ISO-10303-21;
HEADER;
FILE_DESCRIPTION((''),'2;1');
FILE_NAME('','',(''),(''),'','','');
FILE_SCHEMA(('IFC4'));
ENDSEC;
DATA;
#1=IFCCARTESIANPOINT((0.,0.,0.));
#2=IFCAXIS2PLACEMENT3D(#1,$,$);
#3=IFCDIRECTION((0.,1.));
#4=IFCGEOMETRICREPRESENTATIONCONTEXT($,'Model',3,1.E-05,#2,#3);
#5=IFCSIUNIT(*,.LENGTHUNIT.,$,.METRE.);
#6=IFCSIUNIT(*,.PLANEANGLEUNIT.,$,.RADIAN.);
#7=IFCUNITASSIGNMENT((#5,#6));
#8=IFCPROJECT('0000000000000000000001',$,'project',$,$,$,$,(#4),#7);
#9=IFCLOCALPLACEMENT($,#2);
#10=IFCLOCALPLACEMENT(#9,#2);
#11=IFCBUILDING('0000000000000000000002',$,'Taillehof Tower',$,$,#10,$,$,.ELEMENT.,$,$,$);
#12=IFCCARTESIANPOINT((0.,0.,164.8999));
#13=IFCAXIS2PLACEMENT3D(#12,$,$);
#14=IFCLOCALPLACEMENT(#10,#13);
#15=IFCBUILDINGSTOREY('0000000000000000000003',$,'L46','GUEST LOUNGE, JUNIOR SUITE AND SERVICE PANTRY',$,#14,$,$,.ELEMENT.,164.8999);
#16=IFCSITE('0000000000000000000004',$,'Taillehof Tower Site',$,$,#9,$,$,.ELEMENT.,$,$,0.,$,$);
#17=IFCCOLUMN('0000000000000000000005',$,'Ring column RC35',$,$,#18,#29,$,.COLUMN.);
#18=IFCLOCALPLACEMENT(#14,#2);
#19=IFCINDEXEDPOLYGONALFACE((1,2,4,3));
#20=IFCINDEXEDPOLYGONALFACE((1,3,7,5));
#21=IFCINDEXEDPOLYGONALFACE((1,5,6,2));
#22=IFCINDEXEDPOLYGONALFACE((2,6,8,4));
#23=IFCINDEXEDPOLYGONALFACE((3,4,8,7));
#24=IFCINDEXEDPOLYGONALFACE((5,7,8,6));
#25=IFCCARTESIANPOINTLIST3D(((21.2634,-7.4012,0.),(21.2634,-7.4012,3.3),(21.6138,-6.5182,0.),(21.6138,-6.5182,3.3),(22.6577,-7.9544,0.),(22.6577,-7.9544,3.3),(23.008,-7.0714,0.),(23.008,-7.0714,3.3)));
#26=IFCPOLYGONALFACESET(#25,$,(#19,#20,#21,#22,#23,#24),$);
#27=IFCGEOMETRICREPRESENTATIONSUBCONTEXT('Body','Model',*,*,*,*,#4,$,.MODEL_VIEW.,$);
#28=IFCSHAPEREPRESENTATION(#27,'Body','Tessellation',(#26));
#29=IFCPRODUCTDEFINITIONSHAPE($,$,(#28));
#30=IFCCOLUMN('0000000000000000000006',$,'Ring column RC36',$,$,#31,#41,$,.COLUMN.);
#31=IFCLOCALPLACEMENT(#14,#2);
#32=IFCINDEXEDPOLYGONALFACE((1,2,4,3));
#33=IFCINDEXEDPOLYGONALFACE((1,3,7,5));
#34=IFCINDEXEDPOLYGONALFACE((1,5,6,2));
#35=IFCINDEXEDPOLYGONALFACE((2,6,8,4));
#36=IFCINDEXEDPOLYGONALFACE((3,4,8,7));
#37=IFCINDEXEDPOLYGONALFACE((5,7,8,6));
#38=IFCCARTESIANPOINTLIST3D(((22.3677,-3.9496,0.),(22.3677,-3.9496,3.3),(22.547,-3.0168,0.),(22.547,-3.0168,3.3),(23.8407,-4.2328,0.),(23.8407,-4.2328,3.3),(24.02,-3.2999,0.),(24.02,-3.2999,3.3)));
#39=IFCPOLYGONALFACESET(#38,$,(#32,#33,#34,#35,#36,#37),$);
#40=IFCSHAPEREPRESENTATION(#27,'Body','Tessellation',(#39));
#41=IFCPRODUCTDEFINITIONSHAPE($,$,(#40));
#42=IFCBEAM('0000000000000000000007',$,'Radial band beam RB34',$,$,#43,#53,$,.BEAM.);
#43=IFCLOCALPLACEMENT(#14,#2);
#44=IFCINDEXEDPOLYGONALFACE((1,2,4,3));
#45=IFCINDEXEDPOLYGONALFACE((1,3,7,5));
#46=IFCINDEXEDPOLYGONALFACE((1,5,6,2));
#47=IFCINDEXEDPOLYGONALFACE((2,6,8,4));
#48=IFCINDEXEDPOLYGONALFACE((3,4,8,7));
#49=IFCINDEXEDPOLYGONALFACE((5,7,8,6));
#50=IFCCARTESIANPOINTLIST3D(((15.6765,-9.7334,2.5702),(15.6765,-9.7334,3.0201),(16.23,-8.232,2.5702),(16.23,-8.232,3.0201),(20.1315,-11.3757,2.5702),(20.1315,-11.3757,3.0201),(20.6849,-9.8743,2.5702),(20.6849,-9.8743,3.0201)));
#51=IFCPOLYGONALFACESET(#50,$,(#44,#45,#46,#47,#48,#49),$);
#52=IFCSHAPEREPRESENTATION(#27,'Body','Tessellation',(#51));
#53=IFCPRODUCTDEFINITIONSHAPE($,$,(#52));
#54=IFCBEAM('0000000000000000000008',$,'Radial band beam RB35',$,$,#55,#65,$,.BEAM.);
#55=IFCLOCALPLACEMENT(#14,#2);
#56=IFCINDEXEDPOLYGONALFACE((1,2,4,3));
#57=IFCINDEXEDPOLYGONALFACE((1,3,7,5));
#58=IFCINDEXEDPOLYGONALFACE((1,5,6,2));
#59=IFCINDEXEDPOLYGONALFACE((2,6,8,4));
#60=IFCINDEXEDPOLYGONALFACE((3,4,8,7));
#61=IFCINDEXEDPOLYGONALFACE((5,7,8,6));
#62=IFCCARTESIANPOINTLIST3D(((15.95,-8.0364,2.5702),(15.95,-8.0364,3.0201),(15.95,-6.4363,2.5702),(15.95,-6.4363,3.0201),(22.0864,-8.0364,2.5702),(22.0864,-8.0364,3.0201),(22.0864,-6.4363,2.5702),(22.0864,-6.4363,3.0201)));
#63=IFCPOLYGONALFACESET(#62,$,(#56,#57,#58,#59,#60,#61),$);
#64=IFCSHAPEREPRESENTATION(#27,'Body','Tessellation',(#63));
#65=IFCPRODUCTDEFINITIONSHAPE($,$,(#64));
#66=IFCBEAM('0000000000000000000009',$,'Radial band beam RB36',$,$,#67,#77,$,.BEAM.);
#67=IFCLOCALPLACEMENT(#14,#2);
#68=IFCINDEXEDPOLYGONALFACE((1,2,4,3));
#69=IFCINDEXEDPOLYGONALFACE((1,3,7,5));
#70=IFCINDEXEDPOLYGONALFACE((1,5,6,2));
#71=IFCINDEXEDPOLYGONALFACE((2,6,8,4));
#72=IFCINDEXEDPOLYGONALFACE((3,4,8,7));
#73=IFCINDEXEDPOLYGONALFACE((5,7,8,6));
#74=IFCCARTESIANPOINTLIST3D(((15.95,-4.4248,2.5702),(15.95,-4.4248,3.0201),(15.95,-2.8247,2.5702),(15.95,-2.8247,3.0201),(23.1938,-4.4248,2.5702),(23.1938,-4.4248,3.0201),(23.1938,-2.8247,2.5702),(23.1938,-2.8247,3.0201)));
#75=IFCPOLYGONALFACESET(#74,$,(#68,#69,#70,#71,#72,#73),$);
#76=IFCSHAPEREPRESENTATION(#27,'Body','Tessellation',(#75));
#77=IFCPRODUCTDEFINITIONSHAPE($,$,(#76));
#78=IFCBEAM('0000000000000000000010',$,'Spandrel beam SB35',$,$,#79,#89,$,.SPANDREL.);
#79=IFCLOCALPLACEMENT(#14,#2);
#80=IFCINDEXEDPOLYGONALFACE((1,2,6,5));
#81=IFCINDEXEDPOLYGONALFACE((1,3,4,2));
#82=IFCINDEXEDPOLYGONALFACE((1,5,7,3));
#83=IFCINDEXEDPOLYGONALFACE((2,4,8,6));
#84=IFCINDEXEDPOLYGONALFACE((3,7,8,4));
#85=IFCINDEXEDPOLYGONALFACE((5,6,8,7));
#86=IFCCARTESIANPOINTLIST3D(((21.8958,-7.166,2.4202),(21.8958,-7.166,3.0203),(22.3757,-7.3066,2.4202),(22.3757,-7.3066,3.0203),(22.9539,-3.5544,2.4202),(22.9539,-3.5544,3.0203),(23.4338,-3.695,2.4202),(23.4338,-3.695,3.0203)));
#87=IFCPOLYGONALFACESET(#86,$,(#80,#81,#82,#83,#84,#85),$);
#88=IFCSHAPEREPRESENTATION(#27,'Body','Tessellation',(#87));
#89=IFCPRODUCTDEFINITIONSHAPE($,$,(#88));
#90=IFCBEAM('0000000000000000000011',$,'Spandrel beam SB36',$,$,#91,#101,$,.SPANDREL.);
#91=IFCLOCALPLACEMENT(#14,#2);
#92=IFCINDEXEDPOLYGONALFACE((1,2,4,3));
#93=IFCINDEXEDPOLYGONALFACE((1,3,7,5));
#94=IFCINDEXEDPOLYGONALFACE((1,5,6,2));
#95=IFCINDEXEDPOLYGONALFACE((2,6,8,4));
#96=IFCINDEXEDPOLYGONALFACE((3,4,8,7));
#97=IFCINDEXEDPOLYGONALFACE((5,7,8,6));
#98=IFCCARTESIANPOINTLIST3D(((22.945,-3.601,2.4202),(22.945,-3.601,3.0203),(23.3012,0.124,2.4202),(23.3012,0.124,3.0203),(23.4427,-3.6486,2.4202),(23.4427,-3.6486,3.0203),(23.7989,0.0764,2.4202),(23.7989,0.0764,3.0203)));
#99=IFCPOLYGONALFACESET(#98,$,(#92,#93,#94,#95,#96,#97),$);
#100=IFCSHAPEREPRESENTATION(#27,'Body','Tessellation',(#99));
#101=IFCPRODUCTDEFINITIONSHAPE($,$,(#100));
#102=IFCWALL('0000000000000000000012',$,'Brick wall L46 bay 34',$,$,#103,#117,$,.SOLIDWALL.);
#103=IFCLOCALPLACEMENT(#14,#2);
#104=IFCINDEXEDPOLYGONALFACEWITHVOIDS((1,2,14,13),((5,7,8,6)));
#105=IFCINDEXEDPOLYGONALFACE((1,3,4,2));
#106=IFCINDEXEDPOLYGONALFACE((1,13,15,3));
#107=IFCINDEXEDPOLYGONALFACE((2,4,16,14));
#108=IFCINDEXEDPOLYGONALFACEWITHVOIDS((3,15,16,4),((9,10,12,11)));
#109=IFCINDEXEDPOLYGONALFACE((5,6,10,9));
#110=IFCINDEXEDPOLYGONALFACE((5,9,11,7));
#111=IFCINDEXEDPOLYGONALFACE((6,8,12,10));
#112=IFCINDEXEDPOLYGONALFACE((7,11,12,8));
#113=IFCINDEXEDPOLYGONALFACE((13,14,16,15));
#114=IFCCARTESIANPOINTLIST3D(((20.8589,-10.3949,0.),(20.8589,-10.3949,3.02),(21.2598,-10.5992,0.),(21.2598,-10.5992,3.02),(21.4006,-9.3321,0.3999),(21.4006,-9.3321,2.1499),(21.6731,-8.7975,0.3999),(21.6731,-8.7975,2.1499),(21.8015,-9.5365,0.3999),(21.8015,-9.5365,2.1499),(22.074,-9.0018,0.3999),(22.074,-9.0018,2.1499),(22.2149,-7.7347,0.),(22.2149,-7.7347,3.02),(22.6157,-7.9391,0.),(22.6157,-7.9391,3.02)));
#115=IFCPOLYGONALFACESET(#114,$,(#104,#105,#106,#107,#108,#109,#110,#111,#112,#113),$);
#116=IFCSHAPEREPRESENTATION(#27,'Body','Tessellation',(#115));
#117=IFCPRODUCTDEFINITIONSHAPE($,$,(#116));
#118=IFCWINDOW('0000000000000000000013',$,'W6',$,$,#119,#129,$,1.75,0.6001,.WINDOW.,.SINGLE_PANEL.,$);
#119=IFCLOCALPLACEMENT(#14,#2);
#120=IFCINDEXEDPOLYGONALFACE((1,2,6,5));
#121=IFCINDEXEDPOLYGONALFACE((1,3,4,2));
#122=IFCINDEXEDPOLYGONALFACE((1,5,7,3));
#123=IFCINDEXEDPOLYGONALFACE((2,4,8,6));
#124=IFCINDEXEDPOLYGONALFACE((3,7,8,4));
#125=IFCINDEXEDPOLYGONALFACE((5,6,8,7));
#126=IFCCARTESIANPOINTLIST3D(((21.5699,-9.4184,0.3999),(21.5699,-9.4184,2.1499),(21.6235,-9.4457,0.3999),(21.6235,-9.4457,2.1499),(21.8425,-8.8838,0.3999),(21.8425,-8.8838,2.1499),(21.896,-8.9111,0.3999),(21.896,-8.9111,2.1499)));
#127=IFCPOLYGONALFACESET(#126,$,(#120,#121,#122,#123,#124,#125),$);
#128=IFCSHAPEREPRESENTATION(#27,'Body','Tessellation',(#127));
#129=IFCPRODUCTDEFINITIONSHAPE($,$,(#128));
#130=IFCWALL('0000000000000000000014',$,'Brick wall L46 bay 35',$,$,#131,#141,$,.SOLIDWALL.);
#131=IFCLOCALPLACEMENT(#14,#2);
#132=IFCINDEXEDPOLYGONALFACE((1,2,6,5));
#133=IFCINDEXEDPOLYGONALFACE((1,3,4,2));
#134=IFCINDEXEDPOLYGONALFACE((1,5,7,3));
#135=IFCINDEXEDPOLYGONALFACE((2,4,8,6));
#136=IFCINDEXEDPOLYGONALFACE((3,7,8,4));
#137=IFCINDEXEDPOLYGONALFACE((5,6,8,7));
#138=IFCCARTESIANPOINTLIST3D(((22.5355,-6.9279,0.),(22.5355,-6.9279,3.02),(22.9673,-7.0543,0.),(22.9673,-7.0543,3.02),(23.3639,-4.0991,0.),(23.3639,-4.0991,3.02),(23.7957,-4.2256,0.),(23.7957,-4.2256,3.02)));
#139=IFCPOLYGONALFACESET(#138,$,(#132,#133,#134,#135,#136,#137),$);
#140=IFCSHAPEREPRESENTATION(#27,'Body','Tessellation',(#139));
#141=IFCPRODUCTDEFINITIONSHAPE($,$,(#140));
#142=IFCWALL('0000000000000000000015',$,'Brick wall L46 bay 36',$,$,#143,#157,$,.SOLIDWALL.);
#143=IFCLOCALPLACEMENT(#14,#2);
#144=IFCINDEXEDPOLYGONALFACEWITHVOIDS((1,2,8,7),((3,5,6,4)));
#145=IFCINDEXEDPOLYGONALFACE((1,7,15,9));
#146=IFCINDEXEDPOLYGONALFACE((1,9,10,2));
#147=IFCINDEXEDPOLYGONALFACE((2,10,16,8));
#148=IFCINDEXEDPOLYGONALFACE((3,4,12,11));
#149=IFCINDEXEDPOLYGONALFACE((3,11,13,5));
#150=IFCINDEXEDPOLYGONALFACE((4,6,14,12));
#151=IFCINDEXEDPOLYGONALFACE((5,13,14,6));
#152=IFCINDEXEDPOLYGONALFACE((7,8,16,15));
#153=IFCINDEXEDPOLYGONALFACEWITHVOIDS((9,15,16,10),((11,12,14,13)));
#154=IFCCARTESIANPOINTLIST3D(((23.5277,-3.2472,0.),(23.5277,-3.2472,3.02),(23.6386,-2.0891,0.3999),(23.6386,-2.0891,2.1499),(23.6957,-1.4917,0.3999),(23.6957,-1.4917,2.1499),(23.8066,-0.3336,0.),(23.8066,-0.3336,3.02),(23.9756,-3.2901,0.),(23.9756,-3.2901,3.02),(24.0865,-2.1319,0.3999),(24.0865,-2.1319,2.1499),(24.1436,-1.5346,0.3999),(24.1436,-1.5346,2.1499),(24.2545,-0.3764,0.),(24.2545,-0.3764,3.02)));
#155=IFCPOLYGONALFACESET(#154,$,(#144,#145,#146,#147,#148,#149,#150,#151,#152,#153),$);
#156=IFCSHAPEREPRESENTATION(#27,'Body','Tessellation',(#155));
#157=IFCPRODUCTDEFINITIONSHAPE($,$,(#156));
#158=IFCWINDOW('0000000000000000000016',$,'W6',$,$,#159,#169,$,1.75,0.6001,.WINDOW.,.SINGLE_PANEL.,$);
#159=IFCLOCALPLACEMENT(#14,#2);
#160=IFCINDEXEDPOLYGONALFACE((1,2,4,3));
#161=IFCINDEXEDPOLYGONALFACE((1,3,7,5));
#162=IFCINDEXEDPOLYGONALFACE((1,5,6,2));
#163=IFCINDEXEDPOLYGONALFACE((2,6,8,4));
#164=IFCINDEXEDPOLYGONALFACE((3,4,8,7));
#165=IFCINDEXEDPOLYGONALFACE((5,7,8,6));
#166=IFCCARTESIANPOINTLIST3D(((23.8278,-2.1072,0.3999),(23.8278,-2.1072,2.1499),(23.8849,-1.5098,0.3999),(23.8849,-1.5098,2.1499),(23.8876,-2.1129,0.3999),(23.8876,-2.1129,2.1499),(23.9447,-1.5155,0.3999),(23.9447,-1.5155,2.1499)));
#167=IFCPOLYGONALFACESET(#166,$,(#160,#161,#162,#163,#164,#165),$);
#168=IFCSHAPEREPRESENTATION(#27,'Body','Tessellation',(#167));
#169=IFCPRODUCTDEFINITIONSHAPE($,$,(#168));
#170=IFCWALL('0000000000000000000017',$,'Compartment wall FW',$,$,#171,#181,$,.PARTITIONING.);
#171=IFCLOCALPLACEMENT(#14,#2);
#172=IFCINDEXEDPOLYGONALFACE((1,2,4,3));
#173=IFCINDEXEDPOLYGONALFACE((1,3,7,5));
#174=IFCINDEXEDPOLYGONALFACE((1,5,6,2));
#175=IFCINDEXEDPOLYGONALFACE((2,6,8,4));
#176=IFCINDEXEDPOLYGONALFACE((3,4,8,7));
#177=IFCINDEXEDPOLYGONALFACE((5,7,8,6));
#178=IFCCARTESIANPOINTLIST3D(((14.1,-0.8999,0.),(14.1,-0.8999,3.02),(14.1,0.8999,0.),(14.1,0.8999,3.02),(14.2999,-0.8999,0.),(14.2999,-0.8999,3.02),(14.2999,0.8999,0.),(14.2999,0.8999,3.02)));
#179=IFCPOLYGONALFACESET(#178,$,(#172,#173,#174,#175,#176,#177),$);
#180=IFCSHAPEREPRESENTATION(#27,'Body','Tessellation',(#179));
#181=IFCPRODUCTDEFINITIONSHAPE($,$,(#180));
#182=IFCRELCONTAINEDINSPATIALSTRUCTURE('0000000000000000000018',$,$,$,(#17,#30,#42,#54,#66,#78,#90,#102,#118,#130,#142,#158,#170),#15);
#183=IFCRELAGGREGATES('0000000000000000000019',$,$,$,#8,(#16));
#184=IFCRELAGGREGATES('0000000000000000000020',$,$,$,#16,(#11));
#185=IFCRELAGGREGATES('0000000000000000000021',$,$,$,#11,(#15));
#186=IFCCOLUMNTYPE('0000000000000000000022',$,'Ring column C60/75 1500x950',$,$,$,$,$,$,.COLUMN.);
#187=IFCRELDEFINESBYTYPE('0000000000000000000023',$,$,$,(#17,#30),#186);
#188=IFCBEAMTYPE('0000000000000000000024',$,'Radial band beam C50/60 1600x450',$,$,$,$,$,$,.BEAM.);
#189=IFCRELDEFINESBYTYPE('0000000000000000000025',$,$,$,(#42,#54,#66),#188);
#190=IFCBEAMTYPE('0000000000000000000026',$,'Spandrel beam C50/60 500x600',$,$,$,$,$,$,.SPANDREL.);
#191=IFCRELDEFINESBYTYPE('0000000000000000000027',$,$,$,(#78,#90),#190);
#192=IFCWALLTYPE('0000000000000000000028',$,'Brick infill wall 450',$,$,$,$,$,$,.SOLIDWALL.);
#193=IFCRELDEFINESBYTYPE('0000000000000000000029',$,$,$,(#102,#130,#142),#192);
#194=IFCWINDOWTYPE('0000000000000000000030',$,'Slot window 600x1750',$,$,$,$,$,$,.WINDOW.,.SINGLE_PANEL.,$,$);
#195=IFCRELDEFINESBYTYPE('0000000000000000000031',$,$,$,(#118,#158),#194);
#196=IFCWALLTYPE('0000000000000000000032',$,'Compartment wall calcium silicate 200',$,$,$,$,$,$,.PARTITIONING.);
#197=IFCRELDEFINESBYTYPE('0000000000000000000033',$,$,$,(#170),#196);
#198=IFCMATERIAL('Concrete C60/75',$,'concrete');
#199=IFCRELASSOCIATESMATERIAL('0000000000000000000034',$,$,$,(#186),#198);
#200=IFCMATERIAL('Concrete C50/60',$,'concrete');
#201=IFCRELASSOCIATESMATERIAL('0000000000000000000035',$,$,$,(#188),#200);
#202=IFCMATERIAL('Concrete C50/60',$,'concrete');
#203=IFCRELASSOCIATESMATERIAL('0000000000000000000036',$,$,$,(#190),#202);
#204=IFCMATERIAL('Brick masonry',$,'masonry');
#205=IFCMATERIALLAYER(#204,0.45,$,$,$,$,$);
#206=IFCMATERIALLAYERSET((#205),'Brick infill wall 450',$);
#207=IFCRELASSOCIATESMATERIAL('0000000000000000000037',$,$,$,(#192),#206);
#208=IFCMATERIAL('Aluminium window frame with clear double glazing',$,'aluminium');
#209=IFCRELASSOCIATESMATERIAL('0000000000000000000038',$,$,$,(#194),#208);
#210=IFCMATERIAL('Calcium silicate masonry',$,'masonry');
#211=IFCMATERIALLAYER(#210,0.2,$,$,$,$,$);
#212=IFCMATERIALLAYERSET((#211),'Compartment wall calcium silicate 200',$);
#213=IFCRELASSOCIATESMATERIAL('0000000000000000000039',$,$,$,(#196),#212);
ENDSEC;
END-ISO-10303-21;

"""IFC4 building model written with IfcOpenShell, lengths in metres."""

from ifc_helpers import new_model, si_unit, direction, frame, frame_2d, origin, origin_2d, place, context, subcontext, project, spatial, rectangle, extrude, material, layer, layer_set, material_profile, profile_set, type_object, element, fill, save


model = new_model("IFC4")

# Units and contexts
model_context = context("Model", 3, precision=1e-05, world=origin(), true_north=direction((0.0, 1.0)))
body_context = subcontext(model_context, "Body", "Model", "MODEL_VIEW")
ifc_project = project(units=[si_unit("LENGTHUNIT", "METRE"), si_unit("PLANEANGLEUNIT", "RADIAN")], contexts=[model_context])

# Site, building, storey
site_placement = place(None, origin())
site = spatial("IfcSite", under=ifc_project, at=site_placement, Name="Taillehof Tower Site", CompositionType="ELEMENT", RefElevation=0.0)
building_placement = place(site_placement, origin())
building = spatial("IfcBuilding", under=site, at=building_placement, Name="Taillehof Tower", CompositionType="ELEMENT")
storey_placement = place(building_placement, frame((0.0, 0.0, 164.8999)))
storey = spatial("IfcBuildingStorey", under=building, at=storey_placement, Name="L46", Description="GUEST LOUNGE, JUNIOR SUITE AND SERVICE PANTRY", CompositionType="ELEMENT", Elevation=164.8999)

# Columns
ifc_material_1 = material(Name="Concrete C60/75", Category="concrete")
ifc_material_profile_1 = material_profile(ifc_material_1, rectangle(XDim=1.5, YDim=0.95, at=origin_2d()), Name="RC 1500x950")
ifc_profile_set_1 = profile_set([ifc_material_profile_1], Name="Concrete C60/75")
column_type = type_object("IfcColumnType", Name="Ring column C60/75 1500x950", PredefinedType="COLUMN", material=ifc_profile_set_1)
for number, where, z_axis, x_axis, name in (
    (1, (22.1357, -7.2363, 0.0), (0.0, 0.0, 1.0), (0.929511, -0.368793, 0.0), "Ring column RC35"),
    (2, (23.1938, -3.6248, 0.0), (0.0, 0.0, 1.0), (0.982024, -0.188757, 0.0), "Ring column RC36"),
):
    element("IfcColumn", number, at=place(storey_placement, frame(where, z_axis=z_axis, x_axis=x_axis)), inside=storey, type_object=column_type, Name=name, PredefinedType="COLUMN", context=body_context, shape_type="SweptSolid", body=[
        extrude(rectangle(XDim=1.5, YDim=0.95, at=origin_2d()), origin(), (0.0, 0.0, 1.0), 3.3),
    ])

# Beams
ifc_material_2 = material(Name="Concrete C50/60", Category="concrete")
ifc_material_profile_2 = material_profile(ifc_material_2, rectangle(XDim=1.6001, YDim=0.45, at=origin_2d()), Name="RC 1600x450")
ifc_profile_set_2 = profile_set([ifc_material_profile_2], Name="Concrete C50/60")
beam_type_1 = type_object("IfcBeamType", Name="Radial band beam C50/60 1600x450", PredefinedType="BEAM", material=ifc_profile_set_2)
beam_1_placement = place(storey_placement, frame((20.4082, -10.625, 2.7952), z_axis=(-0.938276, 0.345889, 0.0), x_axis=(-0.345889, -0.938276, 0.0)))
element("IfcBeam", 3, at=beam_1_placement, inside=storey, type_object=beam_type_1, Name="Radial band beam RB34", PredefinedType="BEAM", context=body_context, shape_type="SweptSolid", body=[
    extrude(rectangle(XDim=1.6001, YDim=0.45, at=origin_2d()), origin(), (0.0, 0.0, 1.0), 4.748),
])
beam_2_placement = place(storey_placement, frame((22.0864, -7.2363, 2.7952), z_axis=(-1.0, 0.0, 0.0), x_axis=(0.0, -1.0, 0.0)))
element("IfcBeam", 4, at=beam_2_placement, inside=storey, type_object=beam_type_1, Name="Radial band beam RB35", PredefinedType="BEAM", context=body_context, shape_type="SweptSolid", body=[
    extrude(rectangle(XDim=1.6001, YDim=0.45, at=origin_2d()), origin(), (0.0, 0.0, 1.0), 6.1365),
])
beam_3_placement = place(storey_placement, frame((23.1938, -3.6248, 2.7952), z_axis=(-1.0, 0.0, 0.0), x_axis=(0.0, -1.0, 0.0)))
element("IfcBeam", 5, at=beam_3_placement, inside=storey, type_object=beam_type_1, Name="Radial band beam RB36", PredefinedType="BEAM", context=body_context, shape_type="SweptSolid", body=[
    extrude(rectangle(XDim=1.6001, YDim=0.45, at=origin_2d()), origin(), (0.0, 0.0, 1.0), 7.2439),
])
ifc_material_3 = material(Name="Concrete C50/60", Category="concrete")
ifc_material_profile_3 = material_profile(ifc_material_3, rectangle(XDim=0.5, YDim=0.6001, at=origin_2d()), Name="RC 500x600")
ifc_profile_set_3 = profile_set([ifc_material_profile_3], Name="Concrete C50/60")
beam_type_2 = type_object("IfcBeamType", Name="Spandrel beam C50/60 500x600", PredefinedType="SPANDREL", material=ifc_profile_set_3)
beam_4_placement = place(storey_placement, frame((22.1357, -7.2363, 2.7202), z_axis=(0.281158, 0.959661, 0.0), x_axis=(-0.959661, 0.281158, 0.0)))
element("IfcBeam", 6, at=beam_4_placement, inside=storey, type_object=beam_type_2, Name="Spandrel beam SB35", PredefinedType="SPANDREL", context=body_context, shape_type="SweptSolid", body=[
    extrude(rectangle(XDim=0.5, YDim=0.6001, at=origin_2d()), origin(), (0.0, 0.0, 1.0), 3.7634),
])
beam_5_placement = place(storey_placement, frame((23.1938, -3.6248, 2.7202), z_axis=(0.095194, 0.995459, 0.0), x_axis=(-0.995459, 0.095194, 0.0)))
element("IfcBeam", 7, at=beam_5_placement, inside=storey, type_object=beam_type_2, Name="Spandrel beam SB36", PredefinedType="SPANDREL", context=body_context, shape_type="SweptSolid", body=[
    extrude(rectangle(XDim=0.5, YDim=0.6001, at=origin_2d()), origin(), (0.0, 0.0, 1.0), 3.7419),
])

# Wall, opening, window
ifc_material_4 = material(Name="Brick masonry", Category="masonry")
ifc_layer_1 = layer(ifc_material_4, 0.45)
ifc_layer_set_1 = layer_set([ifc_layer_1], Name="Brick infill wall 450")
wall_type_1 = type_object("IfcWallType", Name="Brick infill wall 450", PredefinedType="SOLIDWALL", material=ifc_layer_set_1)
wall_1_placement = place(storey_placement, frame((21.0593, -10.4971, 0.0), z_axis=(0.0, 0.0, 1.0), x_axis=(0.454134, 0.890933, 0.0)))
wall_1 = element("IfcWall", 8, at=wall_1_placement, inside=storey, type_object=wall_type_1, Name="Brick wall L46 bay 34", PredefinedType="SOLIDWALL", context=body_context, shape_type="SweptSolid", body=[
    extrude(rectangle(XDim=2.9858, YDim=0.45, at=frame_2d((1.4929, 0.0))), origin(), (0.0, 0.0, 1.0), 3.02),
])
opening_1_placement = place(wall_1_placement, frame((1.1929, 0.0, 0.3999)))
opening_1 = element("IfcOpeningElement", 9, at=opening_1_placement, cuts=wall_1, PredefinedType="OPENING", context=body_context, shape_type="SweptSolid", body=[
    extrude(rectangle(XDim=0.6001, YDim=1.75, at=frame_2d((0.3, 0.875))), frame((0.0, 0.2349, 0.0), z_axis=(0.0, -1.0, 0.0), x_axis=(1.0, 0.0, 0.0)), (0.0, 0.0, 1.0), 0.47),
])
ifc_material_5 = material(Name="Aluminium window frame with clear double glazing", Category="aluminium")
window_type = type_object("IfcWindowType", Name="Slot window 600x1750", PartitioningType="SINGLE_PANEL", PredefinedType="WINDOW", material=ifc_material_5)
window_1_placement = place(opening_1_placement, origin())
window_1 = element("IfcWindow", 10, at=window_1_placement, inside=storey, type_object=window_type, Name="W6", OverallHeight=1.75, OverallWidth=0.6001, PartitioningType="SINGLE_PANEL", PredefinedType="WINDOW", context=body_context, shape_type="SweptSolid", body=[
    extrude(rectangle(XDim=0.6001, YDim=1.75, at=frame_2d((0.3, 0.875))), frame((0.0, 0.0349, 0.0), z_axis=(0.0, -1.0, 0.0), x_axis=(1.0, 0.0, 0.0)), (0.0, 0.0, 1.0), 0.0601),
])
fill(opening_1, window_1)

# Wall
wall_2_placement = place(storey_placement, frame((22.7515, -6.991, 0.0), z_axis=(0.0, 0.0, 1.0), x_axis=(0.281049, 0.959693, 0.0)))
element("IfcWall", 11, at=wall_2_placement, inside=storey, type_object=wall_type_1, Name="Brick wall L46 bay 35", PredefinedType="SOLIDWALL", context=body_context, shape_type="SweptSolid", body=[
    extrude(rectangle(XDim=2.9475, YDim=0.45, at=frame_2d((1.4736, 0.0))), origin(), (0.0, 0.0, 1.0), 3.02),
])

# Wall, opening, window
wall_3_placement = place(storey_placement, frame((23.7517, -3.2686, 0.0), z_axis=(0.0, 0.0, 1.0), x_axis=(0.095258, 0.995453, 0.0)))
wall_3 = element("IfcWall", 12, at=wall_3_placement, inside=storey, type_object=wall_type_1, Name="Brick wall L46 bay 36", PredefinedType="SOLIDWALL", context=body_context, shape_type="SweptSolid", body=[
    extrude(rectangle(XDim=2.927, YDim=0.45, at=frame_2d((1.4634, 0.0))), origin(), (0.0, 0.0, 1.0), 3.02),
])
opening_2_placement = place(wall_3_placement, frame((1.1633, 0.0, 0.3999)))
opening_2 = element("IfcOpeningElement", 13, at=opening_2_placement, cuts=wall_3, PredefinedType="OPENING", context=body_context, shape_type="SweptSolid", body=[
    extrude(rectangle(XDim=0.6001, YDim=1.75, at=frame_2d((0.3, 0.875))), frame((0.0, 0.2349, 0.0), z_axis=(0.0, -1.0, 0.0), x_axis=(1.0, 0.0, 0.0)), (0.0, 0.0, 1.0), 0.47),
])
window_2_placement = place(opening_2_placement, origin())
window_2 = element("IfcWindow", 14, at=window_2_placement, inside=storey, type_object=window_type, Name="W6", OverallHeight=1.75, OverallWidth=0.6001, PartitioningType="SINGLE_PANEL", PredefinedType="WINDOW", context=body_context, shape_type="SweptSolid", body=[
    extrude(rectangle(XDim=0.6001, YDim=1.75, at=frame_2d((0.3, 0.875))), frame((0.0, 0.0349, 0.0), z_axis=(0.0, -1.0, 0.0), x_axis=(1.0, 0.0, 0.0)), (0.0, 0.0, 1.0), 0.0601),
])
fill(opening_2, window_2)

# Wall
ifc_material_6 = material(Name="Calcium silicate masonry", Category="masonry")
ifc_layer_2 = layer(ifc_material_6, 0.2)
ifc_layer_set_2 = layer_set([ifc_layer_2], Name="Compartment wall calcium silicate 200")
wall_type_2 = type_object("IfcWallType", Name="Compartment wall calcium silicate 200", PredefinedType="PARTITIONING", material=ifc_layer_set_2)
wall_4_placement = place(storey_placement, frame((14.2, -0.8999, 0.0), z_axis=(0.0, 0.0, 1.0), x_axis=(0.0, 1.0, 0.0)))
element("IfcWall", 15, at=wall_4_placement, inside=storey, type_object=wall_type_2, Name="Compartment wall FW", PredefinedType="PARTITIONING", context=body_context, shape_type="SweptSolid", body=[
    extrude(rectangle(XDim=1.7998, YDim=0.2, at=frame_2d((0.8999, 0.0))), origin(), (0.0, 0.0, 1.0), 3.02),
])

save(model, "model.ifc")
